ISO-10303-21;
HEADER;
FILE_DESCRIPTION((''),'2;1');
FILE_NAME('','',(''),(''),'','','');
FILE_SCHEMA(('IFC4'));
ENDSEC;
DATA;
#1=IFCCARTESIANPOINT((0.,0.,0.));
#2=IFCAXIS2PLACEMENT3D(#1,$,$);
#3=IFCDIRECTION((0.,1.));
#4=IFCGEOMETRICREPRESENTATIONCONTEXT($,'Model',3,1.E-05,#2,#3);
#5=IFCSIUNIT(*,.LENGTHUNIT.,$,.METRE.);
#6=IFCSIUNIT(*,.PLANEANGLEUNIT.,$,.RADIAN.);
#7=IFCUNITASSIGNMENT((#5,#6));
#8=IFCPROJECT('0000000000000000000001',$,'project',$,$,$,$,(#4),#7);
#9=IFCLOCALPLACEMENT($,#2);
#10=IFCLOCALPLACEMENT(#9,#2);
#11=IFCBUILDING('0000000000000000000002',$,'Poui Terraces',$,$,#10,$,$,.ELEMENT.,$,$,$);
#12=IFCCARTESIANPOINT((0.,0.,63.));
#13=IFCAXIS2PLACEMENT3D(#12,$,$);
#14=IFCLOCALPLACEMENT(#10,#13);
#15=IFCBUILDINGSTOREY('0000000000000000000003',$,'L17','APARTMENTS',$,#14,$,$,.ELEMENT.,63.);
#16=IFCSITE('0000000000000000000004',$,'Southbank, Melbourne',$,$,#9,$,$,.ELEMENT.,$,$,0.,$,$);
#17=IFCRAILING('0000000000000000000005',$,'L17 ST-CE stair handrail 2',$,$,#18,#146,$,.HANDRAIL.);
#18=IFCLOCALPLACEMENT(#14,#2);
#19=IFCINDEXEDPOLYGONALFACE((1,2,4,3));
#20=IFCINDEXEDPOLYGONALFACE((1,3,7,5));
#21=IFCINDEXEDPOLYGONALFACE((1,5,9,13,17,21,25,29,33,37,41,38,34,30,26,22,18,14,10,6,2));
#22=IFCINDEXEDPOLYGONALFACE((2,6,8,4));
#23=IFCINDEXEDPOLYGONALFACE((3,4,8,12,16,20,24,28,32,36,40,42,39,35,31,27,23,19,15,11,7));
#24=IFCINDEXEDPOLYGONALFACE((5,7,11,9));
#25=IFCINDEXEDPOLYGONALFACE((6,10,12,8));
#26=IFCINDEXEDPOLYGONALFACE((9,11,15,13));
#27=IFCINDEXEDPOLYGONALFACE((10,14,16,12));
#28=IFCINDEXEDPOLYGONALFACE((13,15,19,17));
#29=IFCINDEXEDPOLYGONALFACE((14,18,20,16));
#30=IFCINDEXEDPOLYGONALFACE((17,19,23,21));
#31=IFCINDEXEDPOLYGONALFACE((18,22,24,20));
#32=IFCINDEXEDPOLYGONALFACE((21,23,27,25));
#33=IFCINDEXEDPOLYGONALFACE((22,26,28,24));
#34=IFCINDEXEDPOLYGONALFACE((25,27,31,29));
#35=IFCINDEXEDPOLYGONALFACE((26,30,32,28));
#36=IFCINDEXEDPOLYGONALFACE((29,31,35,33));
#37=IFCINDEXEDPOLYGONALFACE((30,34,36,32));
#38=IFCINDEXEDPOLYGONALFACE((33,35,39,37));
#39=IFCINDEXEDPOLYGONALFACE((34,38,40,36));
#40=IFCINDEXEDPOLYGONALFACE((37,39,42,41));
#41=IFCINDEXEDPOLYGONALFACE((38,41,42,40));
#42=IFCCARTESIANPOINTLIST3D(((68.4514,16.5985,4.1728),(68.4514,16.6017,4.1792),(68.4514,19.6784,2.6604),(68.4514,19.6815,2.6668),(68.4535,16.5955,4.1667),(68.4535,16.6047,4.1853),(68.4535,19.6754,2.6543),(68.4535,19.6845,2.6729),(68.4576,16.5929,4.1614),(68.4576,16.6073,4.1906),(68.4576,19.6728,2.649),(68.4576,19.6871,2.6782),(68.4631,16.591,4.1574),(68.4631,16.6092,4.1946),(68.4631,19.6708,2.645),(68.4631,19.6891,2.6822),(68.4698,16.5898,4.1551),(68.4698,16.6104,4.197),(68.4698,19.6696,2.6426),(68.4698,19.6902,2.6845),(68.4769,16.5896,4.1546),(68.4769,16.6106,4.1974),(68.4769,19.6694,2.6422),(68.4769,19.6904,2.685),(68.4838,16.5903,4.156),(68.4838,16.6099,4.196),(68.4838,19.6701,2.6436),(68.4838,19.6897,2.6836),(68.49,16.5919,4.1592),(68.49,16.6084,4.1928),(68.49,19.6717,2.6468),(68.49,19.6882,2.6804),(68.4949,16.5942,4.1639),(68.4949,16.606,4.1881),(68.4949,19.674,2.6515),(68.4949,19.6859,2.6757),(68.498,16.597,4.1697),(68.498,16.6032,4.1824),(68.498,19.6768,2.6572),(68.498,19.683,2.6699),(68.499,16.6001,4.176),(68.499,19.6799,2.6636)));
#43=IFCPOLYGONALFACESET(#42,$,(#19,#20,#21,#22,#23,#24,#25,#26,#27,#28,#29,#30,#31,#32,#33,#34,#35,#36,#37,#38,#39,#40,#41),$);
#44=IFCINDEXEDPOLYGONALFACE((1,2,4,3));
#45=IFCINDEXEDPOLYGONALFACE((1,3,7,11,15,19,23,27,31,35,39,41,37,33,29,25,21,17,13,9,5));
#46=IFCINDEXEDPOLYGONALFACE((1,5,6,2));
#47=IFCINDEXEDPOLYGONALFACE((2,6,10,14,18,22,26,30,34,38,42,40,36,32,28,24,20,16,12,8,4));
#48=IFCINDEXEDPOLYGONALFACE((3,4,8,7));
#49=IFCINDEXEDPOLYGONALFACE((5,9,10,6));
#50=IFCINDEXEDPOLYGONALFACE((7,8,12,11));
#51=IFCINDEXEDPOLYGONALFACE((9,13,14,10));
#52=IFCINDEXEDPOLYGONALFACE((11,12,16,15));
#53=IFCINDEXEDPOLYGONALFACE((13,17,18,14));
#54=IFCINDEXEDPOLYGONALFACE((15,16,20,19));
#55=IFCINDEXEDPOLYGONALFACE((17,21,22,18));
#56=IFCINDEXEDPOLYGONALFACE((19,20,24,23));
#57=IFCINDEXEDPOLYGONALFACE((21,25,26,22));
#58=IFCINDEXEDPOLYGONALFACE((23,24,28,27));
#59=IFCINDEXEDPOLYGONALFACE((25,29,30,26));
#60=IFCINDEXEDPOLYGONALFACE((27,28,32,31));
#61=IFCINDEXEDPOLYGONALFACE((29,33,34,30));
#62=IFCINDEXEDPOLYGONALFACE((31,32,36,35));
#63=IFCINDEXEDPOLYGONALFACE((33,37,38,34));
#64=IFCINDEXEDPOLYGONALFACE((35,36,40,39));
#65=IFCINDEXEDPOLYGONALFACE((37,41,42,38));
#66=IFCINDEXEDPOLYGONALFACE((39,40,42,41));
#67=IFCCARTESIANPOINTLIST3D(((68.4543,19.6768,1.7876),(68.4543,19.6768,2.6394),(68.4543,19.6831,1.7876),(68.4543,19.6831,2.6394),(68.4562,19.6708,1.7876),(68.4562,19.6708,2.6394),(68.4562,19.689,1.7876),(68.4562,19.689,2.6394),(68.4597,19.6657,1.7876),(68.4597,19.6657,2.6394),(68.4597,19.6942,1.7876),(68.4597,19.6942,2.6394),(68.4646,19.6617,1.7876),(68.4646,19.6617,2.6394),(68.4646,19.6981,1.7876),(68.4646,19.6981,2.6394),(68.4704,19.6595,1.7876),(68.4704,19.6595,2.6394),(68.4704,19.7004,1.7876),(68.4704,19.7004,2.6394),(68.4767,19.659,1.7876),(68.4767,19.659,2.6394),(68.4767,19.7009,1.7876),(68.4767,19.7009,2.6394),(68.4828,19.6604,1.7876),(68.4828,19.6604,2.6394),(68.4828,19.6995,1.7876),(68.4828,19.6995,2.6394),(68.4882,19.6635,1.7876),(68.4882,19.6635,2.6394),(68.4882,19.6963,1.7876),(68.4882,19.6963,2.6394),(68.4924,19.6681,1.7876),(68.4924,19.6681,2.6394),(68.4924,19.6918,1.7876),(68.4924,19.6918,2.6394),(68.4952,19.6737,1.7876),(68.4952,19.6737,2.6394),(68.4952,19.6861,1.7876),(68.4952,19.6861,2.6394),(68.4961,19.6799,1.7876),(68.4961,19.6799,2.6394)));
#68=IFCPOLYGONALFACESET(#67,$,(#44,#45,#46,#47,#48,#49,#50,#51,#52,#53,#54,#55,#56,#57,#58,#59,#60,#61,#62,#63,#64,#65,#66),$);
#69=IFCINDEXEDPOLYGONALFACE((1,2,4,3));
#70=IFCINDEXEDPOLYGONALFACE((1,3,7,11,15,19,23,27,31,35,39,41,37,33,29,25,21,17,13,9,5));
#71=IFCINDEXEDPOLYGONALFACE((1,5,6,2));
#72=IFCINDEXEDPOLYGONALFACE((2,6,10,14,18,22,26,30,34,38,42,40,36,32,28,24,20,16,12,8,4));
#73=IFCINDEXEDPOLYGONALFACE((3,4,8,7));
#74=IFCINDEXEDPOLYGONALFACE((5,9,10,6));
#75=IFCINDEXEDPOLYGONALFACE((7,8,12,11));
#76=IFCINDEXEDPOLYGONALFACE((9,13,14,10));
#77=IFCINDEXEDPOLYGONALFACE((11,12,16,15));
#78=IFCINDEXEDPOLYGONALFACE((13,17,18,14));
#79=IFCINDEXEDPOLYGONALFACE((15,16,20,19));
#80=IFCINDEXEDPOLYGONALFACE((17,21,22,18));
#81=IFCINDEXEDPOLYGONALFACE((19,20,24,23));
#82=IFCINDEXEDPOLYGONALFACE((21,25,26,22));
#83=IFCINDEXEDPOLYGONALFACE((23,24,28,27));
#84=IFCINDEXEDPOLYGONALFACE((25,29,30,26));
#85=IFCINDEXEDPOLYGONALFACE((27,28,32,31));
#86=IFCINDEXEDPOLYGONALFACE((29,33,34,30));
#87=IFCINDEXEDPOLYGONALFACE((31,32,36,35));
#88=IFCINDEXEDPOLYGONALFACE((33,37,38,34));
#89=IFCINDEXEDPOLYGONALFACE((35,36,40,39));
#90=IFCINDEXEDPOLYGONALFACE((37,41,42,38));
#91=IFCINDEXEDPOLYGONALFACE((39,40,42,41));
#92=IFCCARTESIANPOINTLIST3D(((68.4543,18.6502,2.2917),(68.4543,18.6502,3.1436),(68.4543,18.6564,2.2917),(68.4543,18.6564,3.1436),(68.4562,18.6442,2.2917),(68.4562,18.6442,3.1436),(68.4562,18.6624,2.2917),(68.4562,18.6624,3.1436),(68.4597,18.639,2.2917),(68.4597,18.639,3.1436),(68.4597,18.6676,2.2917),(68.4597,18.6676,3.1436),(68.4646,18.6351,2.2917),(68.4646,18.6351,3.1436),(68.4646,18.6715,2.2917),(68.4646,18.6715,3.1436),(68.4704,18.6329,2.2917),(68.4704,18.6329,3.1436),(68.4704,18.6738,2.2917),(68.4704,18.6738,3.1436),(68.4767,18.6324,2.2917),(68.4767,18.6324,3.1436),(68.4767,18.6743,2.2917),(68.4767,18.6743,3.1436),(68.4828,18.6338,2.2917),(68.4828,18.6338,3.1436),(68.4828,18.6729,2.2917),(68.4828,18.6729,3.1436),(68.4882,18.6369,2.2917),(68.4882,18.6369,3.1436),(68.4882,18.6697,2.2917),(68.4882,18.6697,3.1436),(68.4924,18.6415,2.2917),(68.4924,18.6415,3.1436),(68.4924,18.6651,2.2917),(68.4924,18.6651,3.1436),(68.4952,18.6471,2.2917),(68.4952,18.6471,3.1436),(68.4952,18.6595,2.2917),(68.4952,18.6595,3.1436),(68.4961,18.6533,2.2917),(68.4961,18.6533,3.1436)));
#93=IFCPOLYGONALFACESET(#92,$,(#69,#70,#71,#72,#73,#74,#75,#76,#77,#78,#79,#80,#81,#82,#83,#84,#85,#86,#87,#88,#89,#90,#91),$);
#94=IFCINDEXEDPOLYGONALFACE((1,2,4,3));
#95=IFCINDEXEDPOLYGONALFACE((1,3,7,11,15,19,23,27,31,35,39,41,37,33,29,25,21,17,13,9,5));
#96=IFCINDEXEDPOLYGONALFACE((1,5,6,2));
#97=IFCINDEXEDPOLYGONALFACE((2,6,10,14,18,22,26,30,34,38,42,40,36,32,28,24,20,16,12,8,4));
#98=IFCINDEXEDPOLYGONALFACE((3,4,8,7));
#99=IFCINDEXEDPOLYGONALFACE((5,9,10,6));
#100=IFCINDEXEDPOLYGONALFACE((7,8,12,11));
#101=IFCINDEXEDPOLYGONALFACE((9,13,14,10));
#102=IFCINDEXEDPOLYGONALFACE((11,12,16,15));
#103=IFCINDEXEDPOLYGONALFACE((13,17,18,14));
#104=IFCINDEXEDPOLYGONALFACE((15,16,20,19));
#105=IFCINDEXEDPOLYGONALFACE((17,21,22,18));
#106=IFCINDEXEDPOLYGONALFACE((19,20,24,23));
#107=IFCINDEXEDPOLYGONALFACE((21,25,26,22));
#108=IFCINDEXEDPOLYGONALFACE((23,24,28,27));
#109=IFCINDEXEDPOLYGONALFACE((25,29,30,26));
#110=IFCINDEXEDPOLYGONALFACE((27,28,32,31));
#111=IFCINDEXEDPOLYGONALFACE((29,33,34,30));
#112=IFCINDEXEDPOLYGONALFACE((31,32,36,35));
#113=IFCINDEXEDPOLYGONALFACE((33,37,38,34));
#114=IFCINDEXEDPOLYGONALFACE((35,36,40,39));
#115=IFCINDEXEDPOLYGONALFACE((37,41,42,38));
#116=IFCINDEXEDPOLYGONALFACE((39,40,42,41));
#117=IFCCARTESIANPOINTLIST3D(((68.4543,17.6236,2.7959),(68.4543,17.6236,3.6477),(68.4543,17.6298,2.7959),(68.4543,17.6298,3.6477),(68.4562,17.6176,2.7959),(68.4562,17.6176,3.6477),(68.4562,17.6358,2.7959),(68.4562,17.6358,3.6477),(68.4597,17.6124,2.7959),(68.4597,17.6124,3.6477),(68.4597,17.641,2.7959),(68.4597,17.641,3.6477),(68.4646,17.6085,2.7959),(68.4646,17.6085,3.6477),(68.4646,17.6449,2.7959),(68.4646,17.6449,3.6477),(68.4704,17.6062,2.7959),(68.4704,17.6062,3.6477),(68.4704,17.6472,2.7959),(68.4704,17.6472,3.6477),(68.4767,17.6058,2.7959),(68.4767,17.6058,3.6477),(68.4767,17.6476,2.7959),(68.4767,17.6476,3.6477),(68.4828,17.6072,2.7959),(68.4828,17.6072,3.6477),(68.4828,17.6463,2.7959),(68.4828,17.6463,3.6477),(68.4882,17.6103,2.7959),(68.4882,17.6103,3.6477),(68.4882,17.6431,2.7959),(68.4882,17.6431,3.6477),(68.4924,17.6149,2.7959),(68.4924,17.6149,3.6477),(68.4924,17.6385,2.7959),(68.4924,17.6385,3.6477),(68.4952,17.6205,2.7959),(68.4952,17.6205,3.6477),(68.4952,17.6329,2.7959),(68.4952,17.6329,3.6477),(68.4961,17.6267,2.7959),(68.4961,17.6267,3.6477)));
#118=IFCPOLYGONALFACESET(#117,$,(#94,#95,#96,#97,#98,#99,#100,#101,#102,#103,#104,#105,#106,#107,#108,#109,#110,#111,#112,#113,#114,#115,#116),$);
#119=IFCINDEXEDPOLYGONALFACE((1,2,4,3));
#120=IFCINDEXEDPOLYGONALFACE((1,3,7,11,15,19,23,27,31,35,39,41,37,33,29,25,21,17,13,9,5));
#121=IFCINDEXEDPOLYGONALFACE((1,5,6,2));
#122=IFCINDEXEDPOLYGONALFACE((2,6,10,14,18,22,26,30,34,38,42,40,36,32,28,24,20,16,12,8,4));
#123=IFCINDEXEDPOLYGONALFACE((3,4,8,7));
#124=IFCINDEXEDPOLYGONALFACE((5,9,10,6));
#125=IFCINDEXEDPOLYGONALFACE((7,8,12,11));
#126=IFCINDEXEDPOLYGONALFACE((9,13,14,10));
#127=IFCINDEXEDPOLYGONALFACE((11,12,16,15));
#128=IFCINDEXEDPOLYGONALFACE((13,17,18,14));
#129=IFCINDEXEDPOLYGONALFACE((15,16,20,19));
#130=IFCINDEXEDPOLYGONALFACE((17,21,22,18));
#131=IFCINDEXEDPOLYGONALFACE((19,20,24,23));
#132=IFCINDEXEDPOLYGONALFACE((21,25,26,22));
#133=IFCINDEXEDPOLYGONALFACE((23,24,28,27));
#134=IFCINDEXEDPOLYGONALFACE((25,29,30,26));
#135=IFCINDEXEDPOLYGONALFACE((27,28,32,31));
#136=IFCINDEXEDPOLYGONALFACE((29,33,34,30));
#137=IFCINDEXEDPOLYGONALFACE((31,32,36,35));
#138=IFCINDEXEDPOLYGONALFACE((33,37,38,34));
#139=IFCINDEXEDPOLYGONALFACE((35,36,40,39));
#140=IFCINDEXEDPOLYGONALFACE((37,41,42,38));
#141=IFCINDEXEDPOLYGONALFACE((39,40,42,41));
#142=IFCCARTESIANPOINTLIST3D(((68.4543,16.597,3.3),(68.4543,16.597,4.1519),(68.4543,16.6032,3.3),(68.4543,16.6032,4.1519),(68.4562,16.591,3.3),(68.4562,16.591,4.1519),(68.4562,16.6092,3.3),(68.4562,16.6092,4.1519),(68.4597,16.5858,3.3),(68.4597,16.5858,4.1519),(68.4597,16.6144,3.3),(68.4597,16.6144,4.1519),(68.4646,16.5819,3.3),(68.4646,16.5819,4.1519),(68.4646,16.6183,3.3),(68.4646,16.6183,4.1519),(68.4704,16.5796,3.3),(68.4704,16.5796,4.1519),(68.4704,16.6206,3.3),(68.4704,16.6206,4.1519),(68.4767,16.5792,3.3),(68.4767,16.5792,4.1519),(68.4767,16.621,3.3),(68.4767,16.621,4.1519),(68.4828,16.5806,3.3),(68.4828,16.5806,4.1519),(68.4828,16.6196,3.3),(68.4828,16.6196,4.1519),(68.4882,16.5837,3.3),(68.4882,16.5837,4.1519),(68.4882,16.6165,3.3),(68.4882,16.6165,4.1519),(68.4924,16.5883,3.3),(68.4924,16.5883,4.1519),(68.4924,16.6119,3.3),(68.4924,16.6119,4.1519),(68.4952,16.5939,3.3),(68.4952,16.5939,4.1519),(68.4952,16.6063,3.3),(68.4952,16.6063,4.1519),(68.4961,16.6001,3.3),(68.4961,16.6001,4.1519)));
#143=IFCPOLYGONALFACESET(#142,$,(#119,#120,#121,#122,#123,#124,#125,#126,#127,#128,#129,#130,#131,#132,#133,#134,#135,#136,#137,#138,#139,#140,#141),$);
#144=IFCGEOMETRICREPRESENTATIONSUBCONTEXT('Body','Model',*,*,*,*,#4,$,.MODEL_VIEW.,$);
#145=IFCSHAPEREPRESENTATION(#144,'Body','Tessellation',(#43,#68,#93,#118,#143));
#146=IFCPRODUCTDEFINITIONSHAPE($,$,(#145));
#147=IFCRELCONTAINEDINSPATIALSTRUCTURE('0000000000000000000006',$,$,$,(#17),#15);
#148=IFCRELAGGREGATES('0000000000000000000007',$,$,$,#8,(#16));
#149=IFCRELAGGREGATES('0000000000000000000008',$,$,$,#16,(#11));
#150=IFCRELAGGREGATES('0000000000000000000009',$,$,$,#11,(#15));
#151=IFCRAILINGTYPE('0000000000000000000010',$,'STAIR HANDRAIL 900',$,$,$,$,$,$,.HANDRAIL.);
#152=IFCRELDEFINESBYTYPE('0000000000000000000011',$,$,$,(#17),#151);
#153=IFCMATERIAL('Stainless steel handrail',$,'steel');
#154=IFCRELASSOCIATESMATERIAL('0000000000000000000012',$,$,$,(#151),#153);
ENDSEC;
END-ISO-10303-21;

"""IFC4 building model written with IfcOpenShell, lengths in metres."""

from ifc_helpers import new_model, si_unit, direction, frame, origin, origin_2d, place, context, subcontext, project, spatial, circle, extrude, material, type_object, element, save


model = new_model("IFC4")

# Units and contexts
model_context = context("Model", 3, precision=1e-05, world=origin(), true_north=direction((0.0, 1.0)))
body_context = subcontext(model_context, "Body", "Model", "MODEL_VIEW")
ifc_project = project(units=[si_unit("LENGTHUNIT", "METRE"), si_unit("PLANEANGLEUNIT", "RADIAN")], contexts=[model_context])

# Site, building, storey
site_placement = place(None, origin())
site = spatial("IfcSite", under=ifc_project, at=site_placement, Name="Southbank, Melbourne", CompositionType="ELEMENT", RefElevation=0.0)
building_placement = place(site_placement, origin())
building = spatial("IfcBuilding", under=site, at=building_placement, Name="Poui Terraces", CompositionType="ELEMENT")
storey_placement = place(building_placement, frame((0.0, 0.0, 63.0)))
storey = spatial("IfcBuildingStorey", under=building, at=storey_placement, Name="L17", Description="APARTMENTS", CompositionType="ELEMENT", Elevation=63.0)

# Railing
ifc_material_1 = material(Name="Stainless steel handrail", Category="steel")
railing_type = type_object("IfcRailingType", Name="STAIR HANDRAIL 900", PredefinedType="HANDRAIL", material=ifc_material_1)
railing_placement = place(storey_placement, frame((68.4751, 19.6799, 1.7876)))
element("IfcRailing", 1, at=railing_placement, inside=storey, type_object=railing_type, Name="L17 ST-CE stair handrail 2", PredefinedType="HANDRAIL", context=body_context, shape_type="SweptSolid", body=[
    extrude(circle(Radius=0.0239, at=origin_2d()), frame((0.0, 0.0, 0.876), z_axis=(0.0, -0.897606, 0.440798), x_axis=(1.0, 0.0, 0.0)), (0.0, 0.0, 1.0), 3.4312),
    extrude(circle(Radius=0.021, at=origin_2d()), origin(), (0.0, 0.0, 1.0), 0.8518),
    extrude(circle(Radius=0.021, at=origin_2d()), frame((0.0, -1.0266, 0.5042)), (0.0, 0.0, 1.0), 0.8518),
    extrude(circle(Radius=0.021, at=origin_2d()), frame((0.0, -2.0532, 1.0083)), (0.0, 0.0, 1.0), 0.8518),
    extrude(circle(Radius=0.021, at=origin_2d()), frame((0.0, -3.0798, 1.5125)), (0.0, 0.0, 1.0), 0.8518),
])

save(model, "model.ifc")
